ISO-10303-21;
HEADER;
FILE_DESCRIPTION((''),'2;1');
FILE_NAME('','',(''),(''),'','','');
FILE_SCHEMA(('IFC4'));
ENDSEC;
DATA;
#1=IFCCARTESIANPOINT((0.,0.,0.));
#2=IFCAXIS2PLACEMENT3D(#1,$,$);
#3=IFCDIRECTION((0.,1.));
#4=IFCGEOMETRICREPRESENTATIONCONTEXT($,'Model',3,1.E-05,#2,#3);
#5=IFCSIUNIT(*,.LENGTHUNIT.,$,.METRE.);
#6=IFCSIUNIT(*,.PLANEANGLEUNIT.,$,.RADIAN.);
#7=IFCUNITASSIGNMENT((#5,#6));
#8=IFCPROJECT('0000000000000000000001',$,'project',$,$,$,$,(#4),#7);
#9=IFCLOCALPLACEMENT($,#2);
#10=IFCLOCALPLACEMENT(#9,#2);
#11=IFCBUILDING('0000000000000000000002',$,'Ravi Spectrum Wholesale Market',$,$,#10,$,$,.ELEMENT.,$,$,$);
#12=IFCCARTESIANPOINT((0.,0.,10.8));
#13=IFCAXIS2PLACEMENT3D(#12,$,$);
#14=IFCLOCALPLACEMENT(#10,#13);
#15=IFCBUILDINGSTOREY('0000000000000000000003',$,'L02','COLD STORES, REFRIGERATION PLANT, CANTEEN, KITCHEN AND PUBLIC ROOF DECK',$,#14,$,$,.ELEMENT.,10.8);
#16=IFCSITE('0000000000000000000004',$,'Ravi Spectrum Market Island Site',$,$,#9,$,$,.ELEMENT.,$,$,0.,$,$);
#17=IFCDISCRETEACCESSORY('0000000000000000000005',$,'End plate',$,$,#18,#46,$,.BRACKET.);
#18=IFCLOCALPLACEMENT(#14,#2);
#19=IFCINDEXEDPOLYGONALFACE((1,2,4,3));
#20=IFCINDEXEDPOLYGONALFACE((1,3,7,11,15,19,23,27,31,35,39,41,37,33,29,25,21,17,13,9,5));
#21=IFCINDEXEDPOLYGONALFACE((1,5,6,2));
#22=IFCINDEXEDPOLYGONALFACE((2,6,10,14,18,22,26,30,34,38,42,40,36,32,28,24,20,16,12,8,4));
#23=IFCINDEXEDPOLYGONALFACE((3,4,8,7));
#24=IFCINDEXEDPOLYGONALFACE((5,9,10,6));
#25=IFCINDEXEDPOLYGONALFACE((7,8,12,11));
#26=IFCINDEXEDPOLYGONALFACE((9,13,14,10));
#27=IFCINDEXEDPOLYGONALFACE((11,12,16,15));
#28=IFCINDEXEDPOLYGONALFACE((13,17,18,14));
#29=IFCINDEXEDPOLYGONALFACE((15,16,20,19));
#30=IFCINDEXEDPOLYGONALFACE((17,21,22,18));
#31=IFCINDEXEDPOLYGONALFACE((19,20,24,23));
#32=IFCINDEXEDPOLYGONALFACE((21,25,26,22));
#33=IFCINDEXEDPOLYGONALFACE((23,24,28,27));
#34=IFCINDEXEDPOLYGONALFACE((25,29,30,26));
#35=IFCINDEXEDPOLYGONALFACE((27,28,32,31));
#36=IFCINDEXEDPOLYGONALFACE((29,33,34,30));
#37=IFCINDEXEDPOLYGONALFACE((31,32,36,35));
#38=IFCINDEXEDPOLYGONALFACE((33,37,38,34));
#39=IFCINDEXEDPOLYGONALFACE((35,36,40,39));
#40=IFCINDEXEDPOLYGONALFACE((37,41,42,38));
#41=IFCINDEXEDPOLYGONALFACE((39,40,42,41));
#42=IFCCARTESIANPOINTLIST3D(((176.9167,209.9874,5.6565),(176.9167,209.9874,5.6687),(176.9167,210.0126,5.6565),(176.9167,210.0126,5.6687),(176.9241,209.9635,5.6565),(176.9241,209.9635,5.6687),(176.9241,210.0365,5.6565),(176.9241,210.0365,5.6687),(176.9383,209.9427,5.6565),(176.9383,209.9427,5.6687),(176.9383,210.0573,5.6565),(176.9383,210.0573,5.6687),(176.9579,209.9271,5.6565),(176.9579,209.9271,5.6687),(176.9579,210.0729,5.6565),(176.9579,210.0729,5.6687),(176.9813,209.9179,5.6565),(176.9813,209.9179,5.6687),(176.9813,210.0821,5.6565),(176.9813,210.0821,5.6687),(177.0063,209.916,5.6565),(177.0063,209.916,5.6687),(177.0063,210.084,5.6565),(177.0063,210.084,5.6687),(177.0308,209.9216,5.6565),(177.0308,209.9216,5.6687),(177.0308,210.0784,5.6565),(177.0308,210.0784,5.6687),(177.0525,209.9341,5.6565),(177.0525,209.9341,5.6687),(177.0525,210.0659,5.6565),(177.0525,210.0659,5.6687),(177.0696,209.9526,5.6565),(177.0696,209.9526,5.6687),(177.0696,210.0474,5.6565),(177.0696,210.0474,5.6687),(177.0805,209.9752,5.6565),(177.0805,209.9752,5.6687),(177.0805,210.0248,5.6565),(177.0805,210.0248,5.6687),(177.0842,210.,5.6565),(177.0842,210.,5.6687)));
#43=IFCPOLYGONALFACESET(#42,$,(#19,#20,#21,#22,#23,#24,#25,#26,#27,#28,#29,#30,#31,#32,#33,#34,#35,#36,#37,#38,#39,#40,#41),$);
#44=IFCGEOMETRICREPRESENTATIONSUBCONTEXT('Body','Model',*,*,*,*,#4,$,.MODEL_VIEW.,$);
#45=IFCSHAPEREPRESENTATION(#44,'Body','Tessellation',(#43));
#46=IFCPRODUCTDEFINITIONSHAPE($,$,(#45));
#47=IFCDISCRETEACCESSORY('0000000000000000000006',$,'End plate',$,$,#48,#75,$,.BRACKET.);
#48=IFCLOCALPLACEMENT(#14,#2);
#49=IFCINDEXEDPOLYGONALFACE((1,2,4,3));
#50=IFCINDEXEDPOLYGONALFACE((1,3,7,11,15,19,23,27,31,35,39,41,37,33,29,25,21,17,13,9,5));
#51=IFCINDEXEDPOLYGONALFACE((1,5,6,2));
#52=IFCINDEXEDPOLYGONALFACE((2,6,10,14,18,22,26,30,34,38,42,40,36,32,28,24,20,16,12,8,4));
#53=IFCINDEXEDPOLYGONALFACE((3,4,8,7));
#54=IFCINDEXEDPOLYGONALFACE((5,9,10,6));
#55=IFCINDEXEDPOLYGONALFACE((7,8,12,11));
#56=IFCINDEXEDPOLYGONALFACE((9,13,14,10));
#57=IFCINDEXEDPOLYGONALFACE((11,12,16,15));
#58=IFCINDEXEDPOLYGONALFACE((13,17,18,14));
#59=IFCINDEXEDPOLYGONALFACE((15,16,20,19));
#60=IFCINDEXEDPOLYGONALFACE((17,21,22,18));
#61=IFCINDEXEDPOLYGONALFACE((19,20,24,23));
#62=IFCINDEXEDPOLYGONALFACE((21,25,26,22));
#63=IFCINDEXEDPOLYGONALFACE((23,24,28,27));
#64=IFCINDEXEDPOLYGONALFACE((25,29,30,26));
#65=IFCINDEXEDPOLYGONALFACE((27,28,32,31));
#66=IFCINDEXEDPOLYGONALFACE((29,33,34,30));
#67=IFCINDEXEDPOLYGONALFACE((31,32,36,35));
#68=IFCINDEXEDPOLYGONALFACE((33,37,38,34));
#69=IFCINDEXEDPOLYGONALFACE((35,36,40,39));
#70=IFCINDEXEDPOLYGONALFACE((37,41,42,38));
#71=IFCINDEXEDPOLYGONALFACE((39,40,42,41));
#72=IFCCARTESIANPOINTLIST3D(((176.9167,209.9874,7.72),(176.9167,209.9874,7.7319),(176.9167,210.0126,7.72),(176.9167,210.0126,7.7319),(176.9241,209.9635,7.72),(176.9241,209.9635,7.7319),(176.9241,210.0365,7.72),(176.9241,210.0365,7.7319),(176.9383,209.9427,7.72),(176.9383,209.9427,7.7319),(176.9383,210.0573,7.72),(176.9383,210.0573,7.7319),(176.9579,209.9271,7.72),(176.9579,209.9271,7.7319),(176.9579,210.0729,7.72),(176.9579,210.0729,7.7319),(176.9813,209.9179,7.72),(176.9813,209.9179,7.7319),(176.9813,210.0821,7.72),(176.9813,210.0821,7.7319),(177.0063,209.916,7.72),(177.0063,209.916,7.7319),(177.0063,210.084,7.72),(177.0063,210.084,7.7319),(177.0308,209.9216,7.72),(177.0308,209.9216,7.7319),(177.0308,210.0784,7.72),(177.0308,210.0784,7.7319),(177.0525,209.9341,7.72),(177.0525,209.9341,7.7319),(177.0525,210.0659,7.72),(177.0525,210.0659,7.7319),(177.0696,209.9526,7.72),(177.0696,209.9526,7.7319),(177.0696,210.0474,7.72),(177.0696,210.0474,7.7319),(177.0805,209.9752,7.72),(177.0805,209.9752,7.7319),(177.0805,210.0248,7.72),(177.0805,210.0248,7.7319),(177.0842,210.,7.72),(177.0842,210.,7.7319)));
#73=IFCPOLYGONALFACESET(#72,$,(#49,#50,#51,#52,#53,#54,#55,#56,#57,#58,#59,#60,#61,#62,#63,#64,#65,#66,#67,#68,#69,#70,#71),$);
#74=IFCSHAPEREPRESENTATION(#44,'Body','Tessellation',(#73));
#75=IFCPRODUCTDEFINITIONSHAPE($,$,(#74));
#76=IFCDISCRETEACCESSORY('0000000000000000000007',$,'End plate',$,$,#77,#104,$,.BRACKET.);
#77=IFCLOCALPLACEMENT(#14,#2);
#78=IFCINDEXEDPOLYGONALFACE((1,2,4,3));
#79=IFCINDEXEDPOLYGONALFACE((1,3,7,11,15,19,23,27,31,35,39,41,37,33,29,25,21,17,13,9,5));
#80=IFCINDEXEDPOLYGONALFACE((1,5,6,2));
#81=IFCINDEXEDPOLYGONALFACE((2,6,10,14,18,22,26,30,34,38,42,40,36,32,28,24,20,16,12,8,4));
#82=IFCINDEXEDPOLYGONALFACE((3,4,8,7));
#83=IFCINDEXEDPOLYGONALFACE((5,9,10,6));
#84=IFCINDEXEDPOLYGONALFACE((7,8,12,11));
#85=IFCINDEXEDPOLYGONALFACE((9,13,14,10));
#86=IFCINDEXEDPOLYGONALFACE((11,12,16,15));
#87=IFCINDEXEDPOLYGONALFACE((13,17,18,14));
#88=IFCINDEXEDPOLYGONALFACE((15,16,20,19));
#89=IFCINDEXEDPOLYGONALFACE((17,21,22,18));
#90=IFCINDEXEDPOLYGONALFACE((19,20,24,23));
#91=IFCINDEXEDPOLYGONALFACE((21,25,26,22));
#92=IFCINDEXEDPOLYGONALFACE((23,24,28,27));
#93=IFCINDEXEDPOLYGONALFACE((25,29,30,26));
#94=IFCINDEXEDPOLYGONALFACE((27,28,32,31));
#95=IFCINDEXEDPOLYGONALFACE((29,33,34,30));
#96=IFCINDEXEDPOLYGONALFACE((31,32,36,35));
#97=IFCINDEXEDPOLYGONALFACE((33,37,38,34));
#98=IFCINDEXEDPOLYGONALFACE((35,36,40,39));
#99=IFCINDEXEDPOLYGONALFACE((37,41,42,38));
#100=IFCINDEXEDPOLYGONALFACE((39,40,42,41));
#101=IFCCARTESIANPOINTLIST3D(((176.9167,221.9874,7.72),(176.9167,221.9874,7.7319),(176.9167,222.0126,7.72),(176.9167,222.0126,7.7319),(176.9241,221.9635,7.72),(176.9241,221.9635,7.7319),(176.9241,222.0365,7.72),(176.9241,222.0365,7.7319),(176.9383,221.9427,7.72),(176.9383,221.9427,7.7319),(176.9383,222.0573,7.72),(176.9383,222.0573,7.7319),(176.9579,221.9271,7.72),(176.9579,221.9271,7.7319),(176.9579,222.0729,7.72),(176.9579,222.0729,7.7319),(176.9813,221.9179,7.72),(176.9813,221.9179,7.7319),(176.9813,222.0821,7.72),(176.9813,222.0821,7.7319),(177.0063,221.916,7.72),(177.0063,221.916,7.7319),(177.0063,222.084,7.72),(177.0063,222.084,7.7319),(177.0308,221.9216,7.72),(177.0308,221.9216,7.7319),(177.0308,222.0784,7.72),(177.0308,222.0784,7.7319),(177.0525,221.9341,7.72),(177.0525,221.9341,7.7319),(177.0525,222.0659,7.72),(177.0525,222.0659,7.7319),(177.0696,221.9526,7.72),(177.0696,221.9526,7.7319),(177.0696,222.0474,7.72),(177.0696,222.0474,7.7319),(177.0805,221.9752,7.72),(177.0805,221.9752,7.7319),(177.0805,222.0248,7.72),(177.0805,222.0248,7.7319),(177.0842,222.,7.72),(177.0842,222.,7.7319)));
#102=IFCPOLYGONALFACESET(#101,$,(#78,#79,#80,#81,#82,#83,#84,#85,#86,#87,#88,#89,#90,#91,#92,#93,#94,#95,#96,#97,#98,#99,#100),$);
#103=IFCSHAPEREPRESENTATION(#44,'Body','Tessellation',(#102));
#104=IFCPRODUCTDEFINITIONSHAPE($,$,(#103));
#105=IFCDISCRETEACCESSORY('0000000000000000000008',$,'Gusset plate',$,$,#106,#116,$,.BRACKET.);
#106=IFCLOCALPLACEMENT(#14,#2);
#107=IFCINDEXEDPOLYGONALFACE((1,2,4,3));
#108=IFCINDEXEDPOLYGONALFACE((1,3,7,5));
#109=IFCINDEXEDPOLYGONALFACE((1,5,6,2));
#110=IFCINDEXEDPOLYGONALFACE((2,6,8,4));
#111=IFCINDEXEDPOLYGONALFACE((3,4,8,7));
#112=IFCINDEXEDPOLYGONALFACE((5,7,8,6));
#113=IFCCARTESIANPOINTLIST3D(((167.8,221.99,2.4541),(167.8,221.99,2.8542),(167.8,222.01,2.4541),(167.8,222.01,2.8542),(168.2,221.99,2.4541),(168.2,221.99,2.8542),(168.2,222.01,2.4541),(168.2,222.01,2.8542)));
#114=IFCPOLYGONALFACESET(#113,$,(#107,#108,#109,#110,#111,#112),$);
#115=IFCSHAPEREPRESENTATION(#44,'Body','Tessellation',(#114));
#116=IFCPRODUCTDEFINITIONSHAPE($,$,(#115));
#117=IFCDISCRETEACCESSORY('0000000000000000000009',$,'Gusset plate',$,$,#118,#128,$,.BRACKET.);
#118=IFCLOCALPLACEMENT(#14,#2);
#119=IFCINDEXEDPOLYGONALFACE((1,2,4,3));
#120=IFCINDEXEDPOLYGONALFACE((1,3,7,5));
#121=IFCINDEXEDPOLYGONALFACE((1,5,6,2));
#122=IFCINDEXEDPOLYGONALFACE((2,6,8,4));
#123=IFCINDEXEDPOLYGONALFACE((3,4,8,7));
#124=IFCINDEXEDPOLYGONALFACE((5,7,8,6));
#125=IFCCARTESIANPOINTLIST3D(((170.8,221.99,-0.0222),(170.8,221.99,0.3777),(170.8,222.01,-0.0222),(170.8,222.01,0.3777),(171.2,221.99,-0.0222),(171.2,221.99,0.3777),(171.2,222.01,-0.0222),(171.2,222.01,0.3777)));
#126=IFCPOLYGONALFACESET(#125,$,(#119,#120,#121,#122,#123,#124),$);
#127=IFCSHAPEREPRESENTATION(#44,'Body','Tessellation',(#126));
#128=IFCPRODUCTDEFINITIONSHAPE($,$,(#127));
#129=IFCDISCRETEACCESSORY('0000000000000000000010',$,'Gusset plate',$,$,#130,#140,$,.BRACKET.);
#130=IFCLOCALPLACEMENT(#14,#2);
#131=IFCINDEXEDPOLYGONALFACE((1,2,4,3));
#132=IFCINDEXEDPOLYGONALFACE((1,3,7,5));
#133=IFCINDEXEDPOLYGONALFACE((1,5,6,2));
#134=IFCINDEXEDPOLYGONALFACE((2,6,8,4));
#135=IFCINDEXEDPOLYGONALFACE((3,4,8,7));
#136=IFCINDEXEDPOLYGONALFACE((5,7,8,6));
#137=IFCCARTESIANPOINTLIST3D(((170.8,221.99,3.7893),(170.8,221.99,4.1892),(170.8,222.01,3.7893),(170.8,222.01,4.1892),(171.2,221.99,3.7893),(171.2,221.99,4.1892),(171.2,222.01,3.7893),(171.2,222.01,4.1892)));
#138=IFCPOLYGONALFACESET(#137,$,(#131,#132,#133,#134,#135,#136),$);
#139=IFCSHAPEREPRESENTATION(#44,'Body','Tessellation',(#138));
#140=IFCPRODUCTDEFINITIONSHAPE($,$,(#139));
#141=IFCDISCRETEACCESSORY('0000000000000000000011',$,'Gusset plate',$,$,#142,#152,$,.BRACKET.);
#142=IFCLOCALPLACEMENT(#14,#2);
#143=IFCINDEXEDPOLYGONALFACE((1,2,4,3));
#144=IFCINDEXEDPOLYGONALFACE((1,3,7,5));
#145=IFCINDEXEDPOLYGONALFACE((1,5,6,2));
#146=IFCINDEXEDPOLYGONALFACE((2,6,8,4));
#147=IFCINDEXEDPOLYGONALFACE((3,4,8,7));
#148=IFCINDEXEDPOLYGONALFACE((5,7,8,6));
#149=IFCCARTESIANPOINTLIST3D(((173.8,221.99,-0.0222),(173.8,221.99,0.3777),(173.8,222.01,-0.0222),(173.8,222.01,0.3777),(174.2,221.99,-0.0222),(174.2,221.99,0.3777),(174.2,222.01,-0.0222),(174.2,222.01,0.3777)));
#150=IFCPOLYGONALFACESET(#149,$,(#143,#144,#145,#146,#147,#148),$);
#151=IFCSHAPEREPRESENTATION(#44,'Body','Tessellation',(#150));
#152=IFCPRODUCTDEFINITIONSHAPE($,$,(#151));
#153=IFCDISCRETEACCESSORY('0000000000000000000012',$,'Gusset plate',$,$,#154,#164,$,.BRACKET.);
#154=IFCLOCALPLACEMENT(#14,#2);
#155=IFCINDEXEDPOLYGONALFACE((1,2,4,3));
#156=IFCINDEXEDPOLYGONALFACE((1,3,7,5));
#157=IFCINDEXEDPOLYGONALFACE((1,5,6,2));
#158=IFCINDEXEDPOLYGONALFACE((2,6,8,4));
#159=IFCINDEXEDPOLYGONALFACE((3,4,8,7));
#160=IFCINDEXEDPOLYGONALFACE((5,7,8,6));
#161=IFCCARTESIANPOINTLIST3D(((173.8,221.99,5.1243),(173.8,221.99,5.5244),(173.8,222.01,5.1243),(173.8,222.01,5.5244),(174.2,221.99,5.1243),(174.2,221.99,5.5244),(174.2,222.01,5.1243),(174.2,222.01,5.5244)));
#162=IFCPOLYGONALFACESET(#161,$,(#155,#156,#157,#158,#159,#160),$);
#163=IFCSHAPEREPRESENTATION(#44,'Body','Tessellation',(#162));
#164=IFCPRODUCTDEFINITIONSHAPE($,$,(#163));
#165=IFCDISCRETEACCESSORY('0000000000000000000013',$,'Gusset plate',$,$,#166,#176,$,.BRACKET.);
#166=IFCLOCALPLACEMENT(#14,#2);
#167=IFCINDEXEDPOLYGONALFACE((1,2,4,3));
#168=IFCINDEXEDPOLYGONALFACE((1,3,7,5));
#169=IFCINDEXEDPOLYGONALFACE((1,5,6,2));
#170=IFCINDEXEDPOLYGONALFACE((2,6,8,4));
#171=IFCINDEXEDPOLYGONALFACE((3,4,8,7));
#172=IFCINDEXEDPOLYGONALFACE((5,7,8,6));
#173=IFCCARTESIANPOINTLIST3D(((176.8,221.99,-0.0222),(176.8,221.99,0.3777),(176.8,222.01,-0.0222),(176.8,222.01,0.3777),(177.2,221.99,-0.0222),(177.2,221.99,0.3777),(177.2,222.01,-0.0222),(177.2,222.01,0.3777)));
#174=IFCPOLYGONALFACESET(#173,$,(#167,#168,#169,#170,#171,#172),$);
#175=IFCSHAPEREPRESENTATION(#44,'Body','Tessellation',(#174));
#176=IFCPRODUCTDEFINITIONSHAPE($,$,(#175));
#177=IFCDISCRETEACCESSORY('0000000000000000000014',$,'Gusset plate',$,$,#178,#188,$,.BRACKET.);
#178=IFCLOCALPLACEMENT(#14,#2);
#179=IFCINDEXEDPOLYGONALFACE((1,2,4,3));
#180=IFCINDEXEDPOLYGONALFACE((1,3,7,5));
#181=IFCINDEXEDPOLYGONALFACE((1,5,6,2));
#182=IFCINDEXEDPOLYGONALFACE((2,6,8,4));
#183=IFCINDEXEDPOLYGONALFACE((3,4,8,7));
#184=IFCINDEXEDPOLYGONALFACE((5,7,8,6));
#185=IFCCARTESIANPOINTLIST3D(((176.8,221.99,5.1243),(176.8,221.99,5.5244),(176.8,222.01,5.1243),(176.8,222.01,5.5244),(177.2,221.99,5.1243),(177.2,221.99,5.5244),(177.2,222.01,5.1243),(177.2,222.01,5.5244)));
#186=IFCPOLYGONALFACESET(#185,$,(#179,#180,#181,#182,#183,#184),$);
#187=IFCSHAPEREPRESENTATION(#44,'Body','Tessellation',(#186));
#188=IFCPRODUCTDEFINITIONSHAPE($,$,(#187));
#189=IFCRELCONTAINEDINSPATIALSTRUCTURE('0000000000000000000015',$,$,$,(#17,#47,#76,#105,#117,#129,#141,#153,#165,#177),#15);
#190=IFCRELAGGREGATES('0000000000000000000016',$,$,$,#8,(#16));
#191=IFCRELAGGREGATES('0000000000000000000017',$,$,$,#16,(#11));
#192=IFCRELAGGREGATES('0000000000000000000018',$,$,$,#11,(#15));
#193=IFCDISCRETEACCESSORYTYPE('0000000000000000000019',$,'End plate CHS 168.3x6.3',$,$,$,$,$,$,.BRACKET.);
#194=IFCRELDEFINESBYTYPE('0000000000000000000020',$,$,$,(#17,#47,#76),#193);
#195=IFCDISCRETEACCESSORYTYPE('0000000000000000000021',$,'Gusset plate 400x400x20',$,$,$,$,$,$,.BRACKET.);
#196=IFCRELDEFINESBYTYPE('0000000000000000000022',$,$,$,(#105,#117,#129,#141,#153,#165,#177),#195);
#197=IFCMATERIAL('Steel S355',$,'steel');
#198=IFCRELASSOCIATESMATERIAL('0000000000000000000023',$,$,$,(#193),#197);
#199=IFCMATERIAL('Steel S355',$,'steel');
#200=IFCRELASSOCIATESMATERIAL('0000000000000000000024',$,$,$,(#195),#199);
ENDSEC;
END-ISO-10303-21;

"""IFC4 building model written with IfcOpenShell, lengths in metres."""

from ifc_helpers import new_model, si_unit, direction, frame, origin, origin_2d, place, context, subcontext, project, spatial, rectangle, circle, extrude, material, material_profile, profile_set, type_object, element, save


model = new_model("IFC4")

# Units and contexts
model_context = context("Model", 3, precision=1e-05, world=origin(), true_north=direction((0.0, 1.0)))
body_context = subcontext(model_context, "Body", "Model", "MODEL_VIEW")
ifc_project = project(units=[si_unit("LENGTHUNIT", "METRE"), si_unit("PLANEANGLEUNIT", "RADIAN")], contexts=[model_context])

# Site, building, storey
site_placement = place(None, origin())
site = spatial("IfcSite", under=ifc_project, at=site_placement, Name="Ravi Spectrum Market Island Site", CompositionType="ELEMENT", RefElevation=0.0)
building_placement = place(site_placement, origin())
building = spatial("IfcBuilding", under=site, at=building_placement, Name="Ravi Spectrum Wholesale Market", CompositionType="ELEMENT")
storey_placement = place(building_placement, frame((0.0, 0.0, 10.8)))
storey = spatial("IfcBuildingStorey", under=building, at=storey_placement, Name="L02", Description="COLD STORES, REFRIGERATION PLANT, CANTEEN, KITCHEN AND PUBLIC ROOF DECK", CompositionType="ELEMENT", Elevation=10.8)

# Discrete accessories
ifc_material_1 = material(Name="Steel S355", Category="steel")
ifc_material_profile_1 = material_profile(ifc_material_1, circle(Radius=0.0842, at=origin_2d()))
ifc_profile_set_1 = profile_set([ifc_material_profile_1], Name="Steel S355")
discrete_accessory_type_1 = type_object("IfcDiscreteAccessoryType", Name="End plate CHS 168.3x6.3", PredefinedType="BRACKET", material=ifc_profile_set_1)
discrete_accessory_1_placement = place(storey_placement, frame((177.0, 210.0, 5.6687), z_axis=(0.0, 0.0, -1.0), x_axis=(1.0, 0.0, 0.0)))
element("IfcDiscreteAccessory", 1, at=discrete_accessory_1_placement, inside=storey, type_object=discrete_accessory_type_1, Name="End plate", PredefinedType="BRACKET", context=body_context, shape_type="SweptSolid", body=[
    extrude(circle(Radius=0.0842, at=origin_2d()), origin(), (0.0, 0.0, 1.0), 0.0122),
])
for number, where, z_axis, x_axis, name in (
    (2, (177.0, 210.0, 7.72), (0.0, 0.0, 1.0), (1.0, 0.0, 0.0), "End plate"),
    (3, (177.0, 222.0, 7.72), (0.0, 0.0, 1.0), (1.0, 0.0, 0.0), "End plate"),
):
    element("IfcDiscreteAccessory", number, at=place(storey_placement, frame(where, z_axis=z_axis, x_axis=x_axis)), inside=storey, type_object=discrete_accessory_type_1, Name=name, PredefinedType="BRACKET", context=body_context, shape_type="SweptSolid", body=[
        extrude(circle(Radius=0.0842, at=origin_2d()), origin(), (0.0, 0.0, 1.0), 0.012),
    ])
ifc_material_2 = material(Name="Steel S355", Category="steel")
ifc_material_profile_2 = material_profile(ifc_material_2, rectangle(XDim=0.3999, YDim=0.02, at=origin_2d()))
ifc_profile_set_2 = profile_set([ifc_material_profile_2], Name="Steel S355")
discrete_accessory_type_2 = type_object("IfcDiscreteAccessoryType", Name="Gusset plate 400x400x20", PredefinedType="BRACKET", material=ifc_profile_set_2)
discrete_accessory_2_placement = place(storey_placement, frame((168.0, 222.0, 2.4541), z_axis=(0.0, 0.0, 1.0), x_axis=(1.0, 0.0, 0.0)))
element("IfcDiscreteAccessory", 4, at=discrete_accessory_2_placement, inside=storey, type_object=discrete_accessory_type_2, Name="Gusset plate", PredefinedType="BRACKET", context=body_context, shape_type="SweptSolid", body=[
    extrude(rectangle(XDim=0.3999, YDim=0.02, at=origin_2d()), origin(), (0.0, 0.0, 1.0), 0.4001),
])
for number, where, z_axis, x_axis, name in (
    (5, (171.0, 222.0, -0.0222), (0.0, 0.0, 1.0), (1.0, 0.0, 0.0), "Gusset plate"),
    (6, (171.0, 222.0, 3.7893), (0.0, 0.0, 1.0), (1.0, 0.0, 0.0), "Gusset plate"),
    (7, (174.0, 222.0, -0.0222), (0.0, 0.0, 1.0), (1.0, 0.0, 0.0), "Gusset plate"),
):
    element("IfcDiscreteAccessory", number, at=place(storey_placement, frame(where, z_axis=z_axis, x_axis=x_axis)), inside=storey, type_object=discrete_accessory_type_2, Name=name, PredefinedType="BRACKET", context=body_context, shape_type="SweptSolid", body=[
        extrude(rectangle(XDim=0.3999, YDim=0.02, at=origin_2d()), origin(), (0.0, 0.0, 1.0), 0.3999),
    ])
discrete_accessory_3_placement = place(storey_placement, frame((174.0, 222.0, 5.1243), z_axis=(0.0, 0.0, 1.0), x_axis=(1.0, 0.0, 0.0)))
element("IfcDiscreteAccessory", 8, at=discrete_accessory_3_placement, inside=storey, type_object=discrete_accessory_type_2, Name="Gusset plate", PredefinedType="BRACKET", context=body_context, shape_type="SweptSolid", body=[
    extrude(rectangle(XDim=0.3999, YDim=0.02, at=origin_2d()), origin(), (0.0, 0.0, 1.0), 0.4001),
])
discrete_accessory_4_placement = place(storey_placement, frame((177.0, 222.0, -0.0222), z_axis=(0.0, 0.0, 1.0), x_axis=(1.0, 0.0, 0.0)))
element("IfcDiscreteAccessory", 9, at=discrete_accessory_4_placement, inside=storey, type_object=discrete_accessory_type_2, Name="Gusset plate", PredefinedType="BRACKET", context=body_context, shape_type="SweptSolid", body=[
    extrude(rectangle(XDim=0.3999, YDim=0.02, at=origin_2d()), origin(), (0.0, 0.0, 1.0), 0.3999),
])
discrete_accessory_5_placement = place(storey_placement, frame((177.0, 222.0, 5.1243), z_axis=(0.0, 0.0, 1.0), x_axis=(1.0, 0.0, 0.0)))
element("IfcDiscreteAccessory", 10, at=discrete_accessory_5_placement, inside=storey, type_object=discrete_accessory_type_2, Name="Gusset plate", PredefinedType="BRACKET", context=body_context, shape_type="SweptSolid", body=[
    extrude(rectangle(XDim=0.3999, YDim=0.02, at=origin_2d()), origin(), (0.0, 0.0, 1.0), 0.4001),
])

save(model, "model.ifc")
